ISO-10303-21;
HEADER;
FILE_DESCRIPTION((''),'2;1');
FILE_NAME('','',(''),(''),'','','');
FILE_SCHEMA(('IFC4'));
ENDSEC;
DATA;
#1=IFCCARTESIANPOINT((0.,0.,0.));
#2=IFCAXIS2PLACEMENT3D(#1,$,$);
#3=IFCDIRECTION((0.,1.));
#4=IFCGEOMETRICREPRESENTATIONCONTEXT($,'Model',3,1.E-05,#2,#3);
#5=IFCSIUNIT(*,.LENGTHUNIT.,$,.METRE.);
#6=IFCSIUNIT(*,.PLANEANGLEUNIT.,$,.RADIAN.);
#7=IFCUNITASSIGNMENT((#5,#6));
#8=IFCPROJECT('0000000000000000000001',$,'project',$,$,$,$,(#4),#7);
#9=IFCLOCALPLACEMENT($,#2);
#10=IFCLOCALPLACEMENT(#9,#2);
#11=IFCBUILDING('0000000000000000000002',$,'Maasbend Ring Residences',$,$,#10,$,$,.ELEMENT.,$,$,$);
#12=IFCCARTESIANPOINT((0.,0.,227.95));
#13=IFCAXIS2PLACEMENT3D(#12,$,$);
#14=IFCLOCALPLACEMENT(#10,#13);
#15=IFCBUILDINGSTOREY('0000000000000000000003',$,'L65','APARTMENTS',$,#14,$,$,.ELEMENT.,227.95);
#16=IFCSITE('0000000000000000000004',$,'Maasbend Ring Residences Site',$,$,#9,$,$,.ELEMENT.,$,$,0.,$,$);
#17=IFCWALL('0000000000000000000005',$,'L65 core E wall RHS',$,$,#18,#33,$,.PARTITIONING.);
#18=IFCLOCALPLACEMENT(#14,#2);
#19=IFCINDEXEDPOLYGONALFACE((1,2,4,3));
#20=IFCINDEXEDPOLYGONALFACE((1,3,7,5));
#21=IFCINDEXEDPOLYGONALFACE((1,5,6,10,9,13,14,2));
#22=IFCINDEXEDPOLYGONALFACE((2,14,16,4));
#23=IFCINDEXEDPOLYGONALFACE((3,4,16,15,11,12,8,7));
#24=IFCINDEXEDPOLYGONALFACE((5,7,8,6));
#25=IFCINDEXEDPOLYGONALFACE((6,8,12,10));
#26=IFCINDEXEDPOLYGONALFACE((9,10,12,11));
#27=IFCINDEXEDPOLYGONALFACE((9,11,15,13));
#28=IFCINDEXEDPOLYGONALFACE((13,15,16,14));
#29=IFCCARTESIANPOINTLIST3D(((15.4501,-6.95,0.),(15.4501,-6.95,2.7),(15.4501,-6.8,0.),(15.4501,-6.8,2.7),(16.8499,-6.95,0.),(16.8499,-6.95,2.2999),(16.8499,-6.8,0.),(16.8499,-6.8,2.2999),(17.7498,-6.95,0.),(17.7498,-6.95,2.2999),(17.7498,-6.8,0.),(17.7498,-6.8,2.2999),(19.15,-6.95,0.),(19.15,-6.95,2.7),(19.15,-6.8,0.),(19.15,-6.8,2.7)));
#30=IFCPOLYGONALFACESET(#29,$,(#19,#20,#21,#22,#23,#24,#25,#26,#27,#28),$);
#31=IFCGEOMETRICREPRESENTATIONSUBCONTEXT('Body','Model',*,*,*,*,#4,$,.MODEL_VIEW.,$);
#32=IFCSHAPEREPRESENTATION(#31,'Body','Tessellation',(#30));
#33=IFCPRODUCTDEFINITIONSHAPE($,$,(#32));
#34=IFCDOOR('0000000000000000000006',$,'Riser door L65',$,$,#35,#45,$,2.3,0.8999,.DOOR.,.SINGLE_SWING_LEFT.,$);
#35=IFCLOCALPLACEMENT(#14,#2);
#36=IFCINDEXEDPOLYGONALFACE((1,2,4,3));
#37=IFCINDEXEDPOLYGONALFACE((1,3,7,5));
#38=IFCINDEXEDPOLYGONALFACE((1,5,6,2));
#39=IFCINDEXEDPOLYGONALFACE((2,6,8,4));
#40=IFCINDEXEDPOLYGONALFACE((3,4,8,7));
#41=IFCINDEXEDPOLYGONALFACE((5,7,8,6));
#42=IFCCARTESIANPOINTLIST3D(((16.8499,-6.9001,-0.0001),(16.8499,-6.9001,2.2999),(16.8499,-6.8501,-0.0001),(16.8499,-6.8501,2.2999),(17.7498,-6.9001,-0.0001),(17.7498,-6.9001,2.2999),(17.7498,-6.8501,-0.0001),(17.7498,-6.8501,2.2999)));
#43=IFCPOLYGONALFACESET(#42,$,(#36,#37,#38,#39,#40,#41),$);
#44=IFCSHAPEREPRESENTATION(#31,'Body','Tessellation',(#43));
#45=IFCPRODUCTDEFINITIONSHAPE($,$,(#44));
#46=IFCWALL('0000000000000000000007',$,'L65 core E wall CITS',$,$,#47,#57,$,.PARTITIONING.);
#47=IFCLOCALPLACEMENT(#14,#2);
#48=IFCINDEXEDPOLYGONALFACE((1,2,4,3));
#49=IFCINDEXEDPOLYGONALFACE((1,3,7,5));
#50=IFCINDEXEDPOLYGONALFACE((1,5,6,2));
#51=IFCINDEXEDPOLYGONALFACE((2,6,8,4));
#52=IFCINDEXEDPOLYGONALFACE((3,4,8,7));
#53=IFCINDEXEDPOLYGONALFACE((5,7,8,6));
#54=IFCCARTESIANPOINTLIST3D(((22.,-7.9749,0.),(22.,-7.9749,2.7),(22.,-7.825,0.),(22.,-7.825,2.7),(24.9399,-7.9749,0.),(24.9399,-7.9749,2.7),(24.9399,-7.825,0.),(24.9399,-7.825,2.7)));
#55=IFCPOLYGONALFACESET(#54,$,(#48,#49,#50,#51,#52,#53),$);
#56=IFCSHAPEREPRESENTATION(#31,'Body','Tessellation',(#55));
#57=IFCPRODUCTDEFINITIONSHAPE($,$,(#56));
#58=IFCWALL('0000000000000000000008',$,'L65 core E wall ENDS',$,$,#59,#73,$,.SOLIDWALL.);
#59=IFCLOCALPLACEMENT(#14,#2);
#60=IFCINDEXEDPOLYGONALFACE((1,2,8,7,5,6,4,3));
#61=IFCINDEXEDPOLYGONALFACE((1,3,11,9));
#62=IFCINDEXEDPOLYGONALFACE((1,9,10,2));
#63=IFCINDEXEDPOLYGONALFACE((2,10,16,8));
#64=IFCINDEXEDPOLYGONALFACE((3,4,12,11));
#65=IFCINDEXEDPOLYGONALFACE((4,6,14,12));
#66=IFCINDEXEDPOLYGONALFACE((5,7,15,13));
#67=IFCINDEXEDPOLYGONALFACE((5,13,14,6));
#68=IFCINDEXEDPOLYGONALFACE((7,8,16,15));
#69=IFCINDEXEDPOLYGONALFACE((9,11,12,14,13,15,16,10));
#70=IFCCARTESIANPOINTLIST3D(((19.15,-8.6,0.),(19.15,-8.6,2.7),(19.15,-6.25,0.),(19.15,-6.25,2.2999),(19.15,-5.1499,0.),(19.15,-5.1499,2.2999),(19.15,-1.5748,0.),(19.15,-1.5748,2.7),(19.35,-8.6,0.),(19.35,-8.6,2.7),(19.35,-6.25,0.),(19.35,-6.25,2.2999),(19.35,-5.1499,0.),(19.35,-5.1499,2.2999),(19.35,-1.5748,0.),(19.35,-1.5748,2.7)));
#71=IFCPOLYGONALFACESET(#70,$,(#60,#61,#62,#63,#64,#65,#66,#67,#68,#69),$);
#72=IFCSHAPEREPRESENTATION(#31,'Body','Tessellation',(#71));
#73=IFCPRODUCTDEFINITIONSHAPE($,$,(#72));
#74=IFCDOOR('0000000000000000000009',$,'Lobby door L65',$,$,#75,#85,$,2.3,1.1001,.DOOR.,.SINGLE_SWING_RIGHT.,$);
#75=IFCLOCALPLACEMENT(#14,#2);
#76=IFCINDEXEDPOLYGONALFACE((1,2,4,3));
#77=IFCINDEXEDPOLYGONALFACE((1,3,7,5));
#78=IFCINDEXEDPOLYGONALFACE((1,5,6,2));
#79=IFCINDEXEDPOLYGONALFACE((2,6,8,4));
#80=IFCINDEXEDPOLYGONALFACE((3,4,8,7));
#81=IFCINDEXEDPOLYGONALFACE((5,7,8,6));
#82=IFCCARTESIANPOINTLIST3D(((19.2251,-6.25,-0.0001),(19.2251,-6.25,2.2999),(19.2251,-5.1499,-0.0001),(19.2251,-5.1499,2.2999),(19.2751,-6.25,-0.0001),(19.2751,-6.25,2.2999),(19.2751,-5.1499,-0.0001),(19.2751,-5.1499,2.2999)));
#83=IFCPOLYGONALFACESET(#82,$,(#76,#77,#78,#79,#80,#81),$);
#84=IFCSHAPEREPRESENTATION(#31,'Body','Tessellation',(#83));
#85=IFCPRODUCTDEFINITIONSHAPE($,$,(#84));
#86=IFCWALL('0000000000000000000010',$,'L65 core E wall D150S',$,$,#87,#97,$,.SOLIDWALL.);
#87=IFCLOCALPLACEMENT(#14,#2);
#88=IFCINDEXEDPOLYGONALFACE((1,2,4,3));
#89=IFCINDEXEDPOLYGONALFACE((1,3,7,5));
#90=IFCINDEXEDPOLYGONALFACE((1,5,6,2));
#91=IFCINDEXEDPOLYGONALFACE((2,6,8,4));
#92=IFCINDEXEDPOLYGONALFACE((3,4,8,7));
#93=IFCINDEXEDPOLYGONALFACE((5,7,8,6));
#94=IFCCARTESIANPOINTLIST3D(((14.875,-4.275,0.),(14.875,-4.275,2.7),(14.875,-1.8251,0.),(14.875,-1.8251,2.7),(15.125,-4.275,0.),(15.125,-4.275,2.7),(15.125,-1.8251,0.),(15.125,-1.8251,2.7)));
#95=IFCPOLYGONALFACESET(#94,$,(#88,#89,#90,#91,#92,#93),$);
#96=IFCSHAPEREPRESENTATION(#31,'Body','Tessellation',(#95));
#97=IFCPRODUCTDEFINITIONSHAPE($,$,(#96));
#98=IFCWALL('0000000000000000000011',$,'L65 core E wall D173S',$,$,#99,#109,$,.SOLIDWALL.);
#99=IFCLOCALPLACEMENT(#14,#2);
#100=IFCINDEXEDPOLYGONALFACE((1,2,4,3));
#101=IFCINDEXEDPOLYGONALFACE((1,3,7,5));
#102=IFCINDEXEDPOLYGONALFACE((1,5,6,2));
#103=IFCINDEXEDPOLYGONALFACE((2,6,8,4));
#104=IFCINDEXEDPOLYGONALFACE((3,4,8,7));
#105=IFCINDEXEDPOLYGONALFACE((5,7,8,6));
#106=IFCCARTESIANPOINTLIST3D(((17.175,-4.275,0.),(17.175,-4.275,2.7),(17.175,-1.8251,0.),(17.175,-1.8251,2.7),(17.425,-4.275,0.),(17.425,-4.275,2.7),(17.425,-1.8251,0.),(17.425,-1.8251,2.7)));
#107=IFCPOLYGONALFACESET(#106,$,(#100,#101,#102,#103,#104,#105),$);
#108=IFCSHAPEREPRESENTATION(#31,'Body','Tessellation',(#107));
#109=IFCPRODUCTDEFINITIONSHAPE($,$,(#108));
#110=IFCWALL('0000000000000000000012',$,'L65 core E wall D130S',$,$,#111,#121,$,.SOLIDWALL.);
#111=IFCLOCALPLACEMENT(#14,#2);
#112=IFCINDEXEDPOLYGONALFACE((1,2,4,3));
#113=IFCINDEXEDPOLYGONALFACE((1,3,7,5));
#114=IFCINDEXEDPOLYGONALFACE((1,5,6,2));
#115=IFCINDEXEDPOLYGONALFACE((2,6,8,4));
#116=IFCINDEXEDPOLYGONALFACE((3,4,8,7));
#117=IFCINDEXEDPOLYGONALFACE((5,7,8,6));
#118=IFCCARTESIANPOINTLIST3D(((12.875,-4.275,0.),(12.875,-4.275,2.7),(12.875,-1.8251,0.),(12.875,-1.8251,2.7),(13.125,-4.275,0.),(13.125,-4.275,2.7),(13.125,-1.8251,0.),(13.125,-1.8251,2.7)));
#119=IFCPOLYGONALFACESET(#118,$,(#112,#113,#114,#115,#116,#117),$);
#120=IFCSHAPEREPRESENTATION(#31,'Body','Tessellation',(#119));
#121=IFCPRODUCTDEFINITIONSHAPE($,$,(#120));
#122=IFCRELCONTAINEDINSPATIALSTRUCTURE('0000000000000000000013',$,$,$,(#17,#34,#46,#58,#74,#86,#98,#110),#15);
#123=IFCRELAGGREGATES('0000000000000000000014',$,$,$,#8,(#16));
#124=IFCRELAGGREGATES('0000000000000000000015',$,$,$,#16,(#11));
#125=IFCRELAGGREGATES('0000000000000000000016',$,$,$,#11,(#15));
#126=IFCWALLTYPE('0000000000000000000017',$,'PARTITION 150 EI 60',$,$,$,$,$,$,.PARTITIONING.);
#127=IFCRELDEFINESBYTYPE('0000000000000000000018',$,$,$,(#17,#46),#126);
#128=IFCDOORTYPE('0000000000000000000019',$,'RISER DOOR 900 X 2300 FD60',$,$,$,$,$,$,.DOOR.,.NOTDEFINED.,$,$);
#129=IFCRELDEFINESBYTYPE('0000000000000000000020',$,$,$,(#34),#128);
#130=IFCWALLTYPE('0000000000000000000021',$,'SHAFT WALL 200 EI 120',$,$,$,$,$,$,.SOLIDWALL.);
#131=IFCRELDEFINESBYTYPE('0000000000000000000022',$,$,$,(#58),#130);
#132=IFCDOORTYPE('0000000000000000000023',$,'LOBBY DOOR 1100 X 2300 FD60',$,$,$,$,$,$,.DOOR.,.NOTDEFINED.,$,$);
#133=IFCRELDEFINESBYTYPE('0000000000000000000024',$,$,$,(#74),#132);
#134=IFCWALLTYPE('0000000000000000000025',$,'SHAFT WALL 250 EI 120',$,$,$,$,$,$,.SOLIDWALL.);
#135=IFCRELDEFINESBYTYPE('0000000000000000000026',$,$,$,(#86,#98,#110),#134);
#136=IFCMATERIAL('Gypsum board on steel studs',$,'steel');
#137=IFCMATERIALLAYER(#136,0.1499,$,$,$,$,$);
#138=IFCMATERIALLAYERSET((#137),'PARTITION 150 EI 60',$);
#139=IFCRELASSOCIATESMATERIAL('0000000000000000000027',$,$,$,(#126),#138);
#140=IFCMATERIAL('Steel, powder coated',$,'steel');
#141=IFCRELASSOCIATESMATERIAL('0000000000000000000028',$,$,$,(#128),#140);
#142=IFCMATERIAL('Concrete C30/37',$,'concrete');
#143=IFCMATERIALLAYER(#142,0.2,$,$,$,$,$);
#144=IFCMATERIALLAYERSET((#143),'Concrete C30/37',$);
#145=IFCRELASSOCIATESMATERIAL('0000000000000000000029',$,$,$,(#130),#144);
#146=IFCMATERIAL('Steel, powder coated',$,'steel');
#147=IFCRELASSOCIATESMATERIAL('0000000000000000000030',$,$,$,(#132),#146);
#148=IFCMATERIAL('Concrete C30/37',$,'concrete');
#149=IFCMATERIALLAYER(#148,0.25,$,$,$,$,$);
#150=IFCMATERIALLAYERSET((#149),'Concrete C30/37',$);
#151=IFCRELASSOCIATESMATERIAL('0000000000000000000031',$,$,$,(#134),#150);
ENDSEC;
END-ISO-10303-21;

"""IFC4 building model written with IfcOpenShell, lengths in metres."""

from ifc_helpers import new_model, si_unit, direction, frame, frame_2d, origin, place, context, subcontext, project, spatial, rectangle, extrude, material, layer, layer_set, type_object, element, fill, save


model = new_model("IFC4")

# Units and contexts
model_context = context("Model", 3, precision=1e-05, world=origin(), true_north=direction((0.0, 1.0)))
body_context = subcontext(model_context, "Body", "Model", "MODEL_VIEW")
ifc_project = project(units=[si_unit("LENGTHUNIT", "METRE"), si_unit("PLANEANGLEUNIT", "RADIAN")], contexts=[model_context])

# Site, building, storey
site_placement = place(None, origin())
site = spatial("IfcSite", under=ifc_project, at=site_placement, Name="Maasbend Ring Residences Site", CompositionType="ELEMENT", RefElevation=0.0)
building_placement = place(site_placement, origin())
building = spatial("IfcBuilding", under=site, at=building_placement, Name="Maasbend Ring Residences", CompositionType="ELEMENT")
storey_placement = place(building_placement, frame((0.0, 0.0, 227.95)))
storey = spatial("IfcBuildingStorey", under=building, at=storey_placement, Name="L65", Description="APARTMENTS", CompositionType="ELEMENT", Elevation=227.95)

# Wall, opening, door
ifc_material_1 = material(Name="Gypsum board on steel studs", Category="steel")
ifc_layer_1 = layer(ifc_material_1, 0.1499)
ifc_layer_set_1 = layer_set([ifc_layer_1], Name="PARTITION 150 EI 60")
wall_type_1 = type_object("IfcWallType", Name="PARTITION 150 EI 60", PredefinedType="PARTITIONING", material=ifc_layer_set_1)
wall_1_placement = place(storey_placement, frame((15.45, -6.875, 0.0), z_axis=(0.0, 0.0, 1.0), x_axis=(1.0, 0.0, 0.0)))
wall_1 = element("IfcWall", 1, at=wall_1_placement, inside=storey, type_object=wall_type_1, Name="L65 core E wall RHS", PredefinedType="PARTITIONING", context=body_context, shape_type="SweptSolid", body=[
    extrude(rectangle(XDim=3.7, YDim=0.1499, at=frame_2d((1.8501, 0.0))), origin(), (0.0, 0.0, 1.0), 2.7),
])
opening_1_placement = place(wall_1_placement, frame((1.3999, 0.0, 0.0)))
opening_1 = element("IfcOpeningElement", 2, at=opening_1_placement, cuts=wall_1, PredefinedType="OPENING", context=body_context, shape_type="SweptSolid", body=[
    extrude(rectangle(XDim=0.8999, YDim=2.3, at=frame_2d((0.45, 1.1499))), frame((0.0, 0.085, 0.0), z_axis=(0.0, -1.0, 0.0), x_axis=(1.0, 0.0, 0.0)), (0.0, 0.0, 1.0), 0.1699),
])
ifc_material_2 = material(Name="Steel, powder coated", Category="steel")
door_type_1 = type_object("IfcDoorType", Name="RISER DOOR 900 X 2300 FD60", OperationType="NOTDEFINED", PredefinedType="DOOR", material=ifc_material_2)
door_1_placement = place(opening_1_placement, origin())
door_1 = element("IfcDoor", 3, at=door_1_placement, inside=storey, type_object=door_type_1, Name="Riser door L65", OperationType="SINGLE_SWING_LEFT", OverallHeight=2.3, OverallWidth=0.8999, PredefinedType="DOOR", context=body_context, shape_type="SweptSolid", body=[
    extrude(rectangle(XDim=0.8999, YDim=2.3, at=frame_2d((0.45, 1.1499))), frame((0.0, 0.0249, 0.0), z_axis=(0.0, -1.0, 0.0), x_axis=(1.0, 0.0, 0.0)), (0.0, 0.0, 1.0), 0.05),
])
fill(opening_1, door_1)

# Wall
wall_2_placement = place(storey_placement, frame((22.0, -7.8999, 0.0), z_axis=(0.0, 0.0, 1.0), x_axis=(1.0, 0.0, 0.0)))
element("IfcWall", 4, at=wall_2_placement, inside=storey, type_object=wall_type_1, Name="L65 core E wall CITS", PredefinedType="PARTITIONING", context=body_context, shape_type="SweptSolid", body=[
    extrude(rectangle(XDim=2.9399, YDim=0.1499, at=frame_2d((1.47, 0.0))), origin(), (0.0, 0.0, 1.0), 2.7),
])

# Wall, opening, door
ifc_material_3 = material(Name="Concrete C30/37", Category="concrete")
ifc_layer_2 = layer(ifc_material_3, 0.2)
ifc_layer_set_2 = layer_set([ifc_layer_2], Name="Concrete C30/37")
wall_type_2 = type_object("IfcWallType", Name="SHAFT WALL 200 EI 120", PredefinedType="SOLIDWALL", material=ifc_layer_set_2)
wall_3_placement = place(storey_placement, frame((19.25, -8.6001, 0.0), z_axis=(0.0, 0.0, 1.0), x_axis=(0.0, 1.0, 0.0)))
wall_3 = element("IfcWall", 5, at=wall_3_placement, inside=storey, type_object=wall_type_2, Name="L65 core E wall ENDS", PredefinedType="SOLIDWALL", context=body_context, shape_type="SweptSolid", body=[
    extrude(rectangle(XDim=7.0251, YDim=0.2, at=frame_2d((3.5127, 0.0))), origin(), (0.0, 0.0, 1.0), 2.7),
])
opening_2_placement = place(wall_3_placement, frame((2.3501, 0.0, 0.0)))
opening_2 = element("IfcOpeningElement", 6, at=opening_2_placement, cuts=wall_3, PredefinedType="OPENING", context=body_context, shape_type="SweptSolid", body=[
    extrude(rectangle(XDim=1.1001, YDim=2.3, at=frame_2d((0.55, 1.1499))), frame((0.0, 0.1099, 0.0), z_axis=(0.0, -1.0, 0.0), x_axis=(1.0, 0.0, 0.0)), (0.0, 0.0, 1.0), 0.22),
])
ifc_material_4 = material(Name="Steel, powder coated", Category="steel")
door_type_2 = type_object("IfcDoorType", Name="LOBBY DOOR 1100 X 2300 FD60", OperationType="NOTDEFINED", PredefinedType="DOOR", material=ifc_material_4)
door_2_placement = place(opening_2_placement, origin())
door_2 = element("IfcDoor", 7, at=door_2_placement, inside=storey, type_object=door_type_2, Name="Lobby door L65", OperationType="SINGLE_SWING_RIGHT", OverallHeight=2.3, OverallWidth=1.1001, PredefinedType="DOOR", context=body_context, shape_type="SweptSolid", body=[
    extrude(rectangle(XDim=1.1001, YDim=2.3, at=frame_2d((0.55, 1.1499))), frame((0.0, 0.0249, 0.0), z_axis=(0.0, -1.0, 0.0), x_axis=(1.0, 0.0, 0.0)), (0.0, 0.0, 1.0), 0.05),
])
fill(opening_2, door_2)

# Walls
ifc_material_5 = material(Name="Concrete C30/37", Category="concrete")
ifc_layer_3 = layer(ifc_material_5, 0.25)
ifc_layer_set_3 = layer_set([ifc_layer_3], Name="Concrete C30/37")
wall_type_3 = type_object("IfcWallType", Name="SHAFT WALL 250 EI 120", PredefinedType="SOLIDWALL", material=ifc_layer_set_3)
for number, where, z_axis, x_axis, name in (
    (8, (15.0, -1.825, 0.0), (0.0, 0.0, 1.0), (0.0, -1.0, 0.0), "L65 core E wall D150S"),
    (9, (17.3, -1.825, 0.0), (0.0, 0.0, 1.0), (0.0, -1.0, 0.0), "L65 core E wall D173S"),
    (10, (13.0, -1.825, 0.0), (0.0, 0.0, 1.0), (0.0, -1.0, 0.0), "L65 core E wall D130S"),
):
    element("IfcWall", number, at=place(storey_placement, frame(where, z_axis=z_axis, x_axis=x_axis)), inside=storey, type_object=wall_type_3, Name=name, PredefinedType="SOLIDWALL", context=body_context, shape_type="SweptSolid", body=[
        extrude(rectangle(XDim=2.45, YDim=0.25, at=frame_2d((1.2251, 0.0))), origin(), (0.0, 0.0, 1.0), 2.7),
    ])

save(model, "model.ifc")
